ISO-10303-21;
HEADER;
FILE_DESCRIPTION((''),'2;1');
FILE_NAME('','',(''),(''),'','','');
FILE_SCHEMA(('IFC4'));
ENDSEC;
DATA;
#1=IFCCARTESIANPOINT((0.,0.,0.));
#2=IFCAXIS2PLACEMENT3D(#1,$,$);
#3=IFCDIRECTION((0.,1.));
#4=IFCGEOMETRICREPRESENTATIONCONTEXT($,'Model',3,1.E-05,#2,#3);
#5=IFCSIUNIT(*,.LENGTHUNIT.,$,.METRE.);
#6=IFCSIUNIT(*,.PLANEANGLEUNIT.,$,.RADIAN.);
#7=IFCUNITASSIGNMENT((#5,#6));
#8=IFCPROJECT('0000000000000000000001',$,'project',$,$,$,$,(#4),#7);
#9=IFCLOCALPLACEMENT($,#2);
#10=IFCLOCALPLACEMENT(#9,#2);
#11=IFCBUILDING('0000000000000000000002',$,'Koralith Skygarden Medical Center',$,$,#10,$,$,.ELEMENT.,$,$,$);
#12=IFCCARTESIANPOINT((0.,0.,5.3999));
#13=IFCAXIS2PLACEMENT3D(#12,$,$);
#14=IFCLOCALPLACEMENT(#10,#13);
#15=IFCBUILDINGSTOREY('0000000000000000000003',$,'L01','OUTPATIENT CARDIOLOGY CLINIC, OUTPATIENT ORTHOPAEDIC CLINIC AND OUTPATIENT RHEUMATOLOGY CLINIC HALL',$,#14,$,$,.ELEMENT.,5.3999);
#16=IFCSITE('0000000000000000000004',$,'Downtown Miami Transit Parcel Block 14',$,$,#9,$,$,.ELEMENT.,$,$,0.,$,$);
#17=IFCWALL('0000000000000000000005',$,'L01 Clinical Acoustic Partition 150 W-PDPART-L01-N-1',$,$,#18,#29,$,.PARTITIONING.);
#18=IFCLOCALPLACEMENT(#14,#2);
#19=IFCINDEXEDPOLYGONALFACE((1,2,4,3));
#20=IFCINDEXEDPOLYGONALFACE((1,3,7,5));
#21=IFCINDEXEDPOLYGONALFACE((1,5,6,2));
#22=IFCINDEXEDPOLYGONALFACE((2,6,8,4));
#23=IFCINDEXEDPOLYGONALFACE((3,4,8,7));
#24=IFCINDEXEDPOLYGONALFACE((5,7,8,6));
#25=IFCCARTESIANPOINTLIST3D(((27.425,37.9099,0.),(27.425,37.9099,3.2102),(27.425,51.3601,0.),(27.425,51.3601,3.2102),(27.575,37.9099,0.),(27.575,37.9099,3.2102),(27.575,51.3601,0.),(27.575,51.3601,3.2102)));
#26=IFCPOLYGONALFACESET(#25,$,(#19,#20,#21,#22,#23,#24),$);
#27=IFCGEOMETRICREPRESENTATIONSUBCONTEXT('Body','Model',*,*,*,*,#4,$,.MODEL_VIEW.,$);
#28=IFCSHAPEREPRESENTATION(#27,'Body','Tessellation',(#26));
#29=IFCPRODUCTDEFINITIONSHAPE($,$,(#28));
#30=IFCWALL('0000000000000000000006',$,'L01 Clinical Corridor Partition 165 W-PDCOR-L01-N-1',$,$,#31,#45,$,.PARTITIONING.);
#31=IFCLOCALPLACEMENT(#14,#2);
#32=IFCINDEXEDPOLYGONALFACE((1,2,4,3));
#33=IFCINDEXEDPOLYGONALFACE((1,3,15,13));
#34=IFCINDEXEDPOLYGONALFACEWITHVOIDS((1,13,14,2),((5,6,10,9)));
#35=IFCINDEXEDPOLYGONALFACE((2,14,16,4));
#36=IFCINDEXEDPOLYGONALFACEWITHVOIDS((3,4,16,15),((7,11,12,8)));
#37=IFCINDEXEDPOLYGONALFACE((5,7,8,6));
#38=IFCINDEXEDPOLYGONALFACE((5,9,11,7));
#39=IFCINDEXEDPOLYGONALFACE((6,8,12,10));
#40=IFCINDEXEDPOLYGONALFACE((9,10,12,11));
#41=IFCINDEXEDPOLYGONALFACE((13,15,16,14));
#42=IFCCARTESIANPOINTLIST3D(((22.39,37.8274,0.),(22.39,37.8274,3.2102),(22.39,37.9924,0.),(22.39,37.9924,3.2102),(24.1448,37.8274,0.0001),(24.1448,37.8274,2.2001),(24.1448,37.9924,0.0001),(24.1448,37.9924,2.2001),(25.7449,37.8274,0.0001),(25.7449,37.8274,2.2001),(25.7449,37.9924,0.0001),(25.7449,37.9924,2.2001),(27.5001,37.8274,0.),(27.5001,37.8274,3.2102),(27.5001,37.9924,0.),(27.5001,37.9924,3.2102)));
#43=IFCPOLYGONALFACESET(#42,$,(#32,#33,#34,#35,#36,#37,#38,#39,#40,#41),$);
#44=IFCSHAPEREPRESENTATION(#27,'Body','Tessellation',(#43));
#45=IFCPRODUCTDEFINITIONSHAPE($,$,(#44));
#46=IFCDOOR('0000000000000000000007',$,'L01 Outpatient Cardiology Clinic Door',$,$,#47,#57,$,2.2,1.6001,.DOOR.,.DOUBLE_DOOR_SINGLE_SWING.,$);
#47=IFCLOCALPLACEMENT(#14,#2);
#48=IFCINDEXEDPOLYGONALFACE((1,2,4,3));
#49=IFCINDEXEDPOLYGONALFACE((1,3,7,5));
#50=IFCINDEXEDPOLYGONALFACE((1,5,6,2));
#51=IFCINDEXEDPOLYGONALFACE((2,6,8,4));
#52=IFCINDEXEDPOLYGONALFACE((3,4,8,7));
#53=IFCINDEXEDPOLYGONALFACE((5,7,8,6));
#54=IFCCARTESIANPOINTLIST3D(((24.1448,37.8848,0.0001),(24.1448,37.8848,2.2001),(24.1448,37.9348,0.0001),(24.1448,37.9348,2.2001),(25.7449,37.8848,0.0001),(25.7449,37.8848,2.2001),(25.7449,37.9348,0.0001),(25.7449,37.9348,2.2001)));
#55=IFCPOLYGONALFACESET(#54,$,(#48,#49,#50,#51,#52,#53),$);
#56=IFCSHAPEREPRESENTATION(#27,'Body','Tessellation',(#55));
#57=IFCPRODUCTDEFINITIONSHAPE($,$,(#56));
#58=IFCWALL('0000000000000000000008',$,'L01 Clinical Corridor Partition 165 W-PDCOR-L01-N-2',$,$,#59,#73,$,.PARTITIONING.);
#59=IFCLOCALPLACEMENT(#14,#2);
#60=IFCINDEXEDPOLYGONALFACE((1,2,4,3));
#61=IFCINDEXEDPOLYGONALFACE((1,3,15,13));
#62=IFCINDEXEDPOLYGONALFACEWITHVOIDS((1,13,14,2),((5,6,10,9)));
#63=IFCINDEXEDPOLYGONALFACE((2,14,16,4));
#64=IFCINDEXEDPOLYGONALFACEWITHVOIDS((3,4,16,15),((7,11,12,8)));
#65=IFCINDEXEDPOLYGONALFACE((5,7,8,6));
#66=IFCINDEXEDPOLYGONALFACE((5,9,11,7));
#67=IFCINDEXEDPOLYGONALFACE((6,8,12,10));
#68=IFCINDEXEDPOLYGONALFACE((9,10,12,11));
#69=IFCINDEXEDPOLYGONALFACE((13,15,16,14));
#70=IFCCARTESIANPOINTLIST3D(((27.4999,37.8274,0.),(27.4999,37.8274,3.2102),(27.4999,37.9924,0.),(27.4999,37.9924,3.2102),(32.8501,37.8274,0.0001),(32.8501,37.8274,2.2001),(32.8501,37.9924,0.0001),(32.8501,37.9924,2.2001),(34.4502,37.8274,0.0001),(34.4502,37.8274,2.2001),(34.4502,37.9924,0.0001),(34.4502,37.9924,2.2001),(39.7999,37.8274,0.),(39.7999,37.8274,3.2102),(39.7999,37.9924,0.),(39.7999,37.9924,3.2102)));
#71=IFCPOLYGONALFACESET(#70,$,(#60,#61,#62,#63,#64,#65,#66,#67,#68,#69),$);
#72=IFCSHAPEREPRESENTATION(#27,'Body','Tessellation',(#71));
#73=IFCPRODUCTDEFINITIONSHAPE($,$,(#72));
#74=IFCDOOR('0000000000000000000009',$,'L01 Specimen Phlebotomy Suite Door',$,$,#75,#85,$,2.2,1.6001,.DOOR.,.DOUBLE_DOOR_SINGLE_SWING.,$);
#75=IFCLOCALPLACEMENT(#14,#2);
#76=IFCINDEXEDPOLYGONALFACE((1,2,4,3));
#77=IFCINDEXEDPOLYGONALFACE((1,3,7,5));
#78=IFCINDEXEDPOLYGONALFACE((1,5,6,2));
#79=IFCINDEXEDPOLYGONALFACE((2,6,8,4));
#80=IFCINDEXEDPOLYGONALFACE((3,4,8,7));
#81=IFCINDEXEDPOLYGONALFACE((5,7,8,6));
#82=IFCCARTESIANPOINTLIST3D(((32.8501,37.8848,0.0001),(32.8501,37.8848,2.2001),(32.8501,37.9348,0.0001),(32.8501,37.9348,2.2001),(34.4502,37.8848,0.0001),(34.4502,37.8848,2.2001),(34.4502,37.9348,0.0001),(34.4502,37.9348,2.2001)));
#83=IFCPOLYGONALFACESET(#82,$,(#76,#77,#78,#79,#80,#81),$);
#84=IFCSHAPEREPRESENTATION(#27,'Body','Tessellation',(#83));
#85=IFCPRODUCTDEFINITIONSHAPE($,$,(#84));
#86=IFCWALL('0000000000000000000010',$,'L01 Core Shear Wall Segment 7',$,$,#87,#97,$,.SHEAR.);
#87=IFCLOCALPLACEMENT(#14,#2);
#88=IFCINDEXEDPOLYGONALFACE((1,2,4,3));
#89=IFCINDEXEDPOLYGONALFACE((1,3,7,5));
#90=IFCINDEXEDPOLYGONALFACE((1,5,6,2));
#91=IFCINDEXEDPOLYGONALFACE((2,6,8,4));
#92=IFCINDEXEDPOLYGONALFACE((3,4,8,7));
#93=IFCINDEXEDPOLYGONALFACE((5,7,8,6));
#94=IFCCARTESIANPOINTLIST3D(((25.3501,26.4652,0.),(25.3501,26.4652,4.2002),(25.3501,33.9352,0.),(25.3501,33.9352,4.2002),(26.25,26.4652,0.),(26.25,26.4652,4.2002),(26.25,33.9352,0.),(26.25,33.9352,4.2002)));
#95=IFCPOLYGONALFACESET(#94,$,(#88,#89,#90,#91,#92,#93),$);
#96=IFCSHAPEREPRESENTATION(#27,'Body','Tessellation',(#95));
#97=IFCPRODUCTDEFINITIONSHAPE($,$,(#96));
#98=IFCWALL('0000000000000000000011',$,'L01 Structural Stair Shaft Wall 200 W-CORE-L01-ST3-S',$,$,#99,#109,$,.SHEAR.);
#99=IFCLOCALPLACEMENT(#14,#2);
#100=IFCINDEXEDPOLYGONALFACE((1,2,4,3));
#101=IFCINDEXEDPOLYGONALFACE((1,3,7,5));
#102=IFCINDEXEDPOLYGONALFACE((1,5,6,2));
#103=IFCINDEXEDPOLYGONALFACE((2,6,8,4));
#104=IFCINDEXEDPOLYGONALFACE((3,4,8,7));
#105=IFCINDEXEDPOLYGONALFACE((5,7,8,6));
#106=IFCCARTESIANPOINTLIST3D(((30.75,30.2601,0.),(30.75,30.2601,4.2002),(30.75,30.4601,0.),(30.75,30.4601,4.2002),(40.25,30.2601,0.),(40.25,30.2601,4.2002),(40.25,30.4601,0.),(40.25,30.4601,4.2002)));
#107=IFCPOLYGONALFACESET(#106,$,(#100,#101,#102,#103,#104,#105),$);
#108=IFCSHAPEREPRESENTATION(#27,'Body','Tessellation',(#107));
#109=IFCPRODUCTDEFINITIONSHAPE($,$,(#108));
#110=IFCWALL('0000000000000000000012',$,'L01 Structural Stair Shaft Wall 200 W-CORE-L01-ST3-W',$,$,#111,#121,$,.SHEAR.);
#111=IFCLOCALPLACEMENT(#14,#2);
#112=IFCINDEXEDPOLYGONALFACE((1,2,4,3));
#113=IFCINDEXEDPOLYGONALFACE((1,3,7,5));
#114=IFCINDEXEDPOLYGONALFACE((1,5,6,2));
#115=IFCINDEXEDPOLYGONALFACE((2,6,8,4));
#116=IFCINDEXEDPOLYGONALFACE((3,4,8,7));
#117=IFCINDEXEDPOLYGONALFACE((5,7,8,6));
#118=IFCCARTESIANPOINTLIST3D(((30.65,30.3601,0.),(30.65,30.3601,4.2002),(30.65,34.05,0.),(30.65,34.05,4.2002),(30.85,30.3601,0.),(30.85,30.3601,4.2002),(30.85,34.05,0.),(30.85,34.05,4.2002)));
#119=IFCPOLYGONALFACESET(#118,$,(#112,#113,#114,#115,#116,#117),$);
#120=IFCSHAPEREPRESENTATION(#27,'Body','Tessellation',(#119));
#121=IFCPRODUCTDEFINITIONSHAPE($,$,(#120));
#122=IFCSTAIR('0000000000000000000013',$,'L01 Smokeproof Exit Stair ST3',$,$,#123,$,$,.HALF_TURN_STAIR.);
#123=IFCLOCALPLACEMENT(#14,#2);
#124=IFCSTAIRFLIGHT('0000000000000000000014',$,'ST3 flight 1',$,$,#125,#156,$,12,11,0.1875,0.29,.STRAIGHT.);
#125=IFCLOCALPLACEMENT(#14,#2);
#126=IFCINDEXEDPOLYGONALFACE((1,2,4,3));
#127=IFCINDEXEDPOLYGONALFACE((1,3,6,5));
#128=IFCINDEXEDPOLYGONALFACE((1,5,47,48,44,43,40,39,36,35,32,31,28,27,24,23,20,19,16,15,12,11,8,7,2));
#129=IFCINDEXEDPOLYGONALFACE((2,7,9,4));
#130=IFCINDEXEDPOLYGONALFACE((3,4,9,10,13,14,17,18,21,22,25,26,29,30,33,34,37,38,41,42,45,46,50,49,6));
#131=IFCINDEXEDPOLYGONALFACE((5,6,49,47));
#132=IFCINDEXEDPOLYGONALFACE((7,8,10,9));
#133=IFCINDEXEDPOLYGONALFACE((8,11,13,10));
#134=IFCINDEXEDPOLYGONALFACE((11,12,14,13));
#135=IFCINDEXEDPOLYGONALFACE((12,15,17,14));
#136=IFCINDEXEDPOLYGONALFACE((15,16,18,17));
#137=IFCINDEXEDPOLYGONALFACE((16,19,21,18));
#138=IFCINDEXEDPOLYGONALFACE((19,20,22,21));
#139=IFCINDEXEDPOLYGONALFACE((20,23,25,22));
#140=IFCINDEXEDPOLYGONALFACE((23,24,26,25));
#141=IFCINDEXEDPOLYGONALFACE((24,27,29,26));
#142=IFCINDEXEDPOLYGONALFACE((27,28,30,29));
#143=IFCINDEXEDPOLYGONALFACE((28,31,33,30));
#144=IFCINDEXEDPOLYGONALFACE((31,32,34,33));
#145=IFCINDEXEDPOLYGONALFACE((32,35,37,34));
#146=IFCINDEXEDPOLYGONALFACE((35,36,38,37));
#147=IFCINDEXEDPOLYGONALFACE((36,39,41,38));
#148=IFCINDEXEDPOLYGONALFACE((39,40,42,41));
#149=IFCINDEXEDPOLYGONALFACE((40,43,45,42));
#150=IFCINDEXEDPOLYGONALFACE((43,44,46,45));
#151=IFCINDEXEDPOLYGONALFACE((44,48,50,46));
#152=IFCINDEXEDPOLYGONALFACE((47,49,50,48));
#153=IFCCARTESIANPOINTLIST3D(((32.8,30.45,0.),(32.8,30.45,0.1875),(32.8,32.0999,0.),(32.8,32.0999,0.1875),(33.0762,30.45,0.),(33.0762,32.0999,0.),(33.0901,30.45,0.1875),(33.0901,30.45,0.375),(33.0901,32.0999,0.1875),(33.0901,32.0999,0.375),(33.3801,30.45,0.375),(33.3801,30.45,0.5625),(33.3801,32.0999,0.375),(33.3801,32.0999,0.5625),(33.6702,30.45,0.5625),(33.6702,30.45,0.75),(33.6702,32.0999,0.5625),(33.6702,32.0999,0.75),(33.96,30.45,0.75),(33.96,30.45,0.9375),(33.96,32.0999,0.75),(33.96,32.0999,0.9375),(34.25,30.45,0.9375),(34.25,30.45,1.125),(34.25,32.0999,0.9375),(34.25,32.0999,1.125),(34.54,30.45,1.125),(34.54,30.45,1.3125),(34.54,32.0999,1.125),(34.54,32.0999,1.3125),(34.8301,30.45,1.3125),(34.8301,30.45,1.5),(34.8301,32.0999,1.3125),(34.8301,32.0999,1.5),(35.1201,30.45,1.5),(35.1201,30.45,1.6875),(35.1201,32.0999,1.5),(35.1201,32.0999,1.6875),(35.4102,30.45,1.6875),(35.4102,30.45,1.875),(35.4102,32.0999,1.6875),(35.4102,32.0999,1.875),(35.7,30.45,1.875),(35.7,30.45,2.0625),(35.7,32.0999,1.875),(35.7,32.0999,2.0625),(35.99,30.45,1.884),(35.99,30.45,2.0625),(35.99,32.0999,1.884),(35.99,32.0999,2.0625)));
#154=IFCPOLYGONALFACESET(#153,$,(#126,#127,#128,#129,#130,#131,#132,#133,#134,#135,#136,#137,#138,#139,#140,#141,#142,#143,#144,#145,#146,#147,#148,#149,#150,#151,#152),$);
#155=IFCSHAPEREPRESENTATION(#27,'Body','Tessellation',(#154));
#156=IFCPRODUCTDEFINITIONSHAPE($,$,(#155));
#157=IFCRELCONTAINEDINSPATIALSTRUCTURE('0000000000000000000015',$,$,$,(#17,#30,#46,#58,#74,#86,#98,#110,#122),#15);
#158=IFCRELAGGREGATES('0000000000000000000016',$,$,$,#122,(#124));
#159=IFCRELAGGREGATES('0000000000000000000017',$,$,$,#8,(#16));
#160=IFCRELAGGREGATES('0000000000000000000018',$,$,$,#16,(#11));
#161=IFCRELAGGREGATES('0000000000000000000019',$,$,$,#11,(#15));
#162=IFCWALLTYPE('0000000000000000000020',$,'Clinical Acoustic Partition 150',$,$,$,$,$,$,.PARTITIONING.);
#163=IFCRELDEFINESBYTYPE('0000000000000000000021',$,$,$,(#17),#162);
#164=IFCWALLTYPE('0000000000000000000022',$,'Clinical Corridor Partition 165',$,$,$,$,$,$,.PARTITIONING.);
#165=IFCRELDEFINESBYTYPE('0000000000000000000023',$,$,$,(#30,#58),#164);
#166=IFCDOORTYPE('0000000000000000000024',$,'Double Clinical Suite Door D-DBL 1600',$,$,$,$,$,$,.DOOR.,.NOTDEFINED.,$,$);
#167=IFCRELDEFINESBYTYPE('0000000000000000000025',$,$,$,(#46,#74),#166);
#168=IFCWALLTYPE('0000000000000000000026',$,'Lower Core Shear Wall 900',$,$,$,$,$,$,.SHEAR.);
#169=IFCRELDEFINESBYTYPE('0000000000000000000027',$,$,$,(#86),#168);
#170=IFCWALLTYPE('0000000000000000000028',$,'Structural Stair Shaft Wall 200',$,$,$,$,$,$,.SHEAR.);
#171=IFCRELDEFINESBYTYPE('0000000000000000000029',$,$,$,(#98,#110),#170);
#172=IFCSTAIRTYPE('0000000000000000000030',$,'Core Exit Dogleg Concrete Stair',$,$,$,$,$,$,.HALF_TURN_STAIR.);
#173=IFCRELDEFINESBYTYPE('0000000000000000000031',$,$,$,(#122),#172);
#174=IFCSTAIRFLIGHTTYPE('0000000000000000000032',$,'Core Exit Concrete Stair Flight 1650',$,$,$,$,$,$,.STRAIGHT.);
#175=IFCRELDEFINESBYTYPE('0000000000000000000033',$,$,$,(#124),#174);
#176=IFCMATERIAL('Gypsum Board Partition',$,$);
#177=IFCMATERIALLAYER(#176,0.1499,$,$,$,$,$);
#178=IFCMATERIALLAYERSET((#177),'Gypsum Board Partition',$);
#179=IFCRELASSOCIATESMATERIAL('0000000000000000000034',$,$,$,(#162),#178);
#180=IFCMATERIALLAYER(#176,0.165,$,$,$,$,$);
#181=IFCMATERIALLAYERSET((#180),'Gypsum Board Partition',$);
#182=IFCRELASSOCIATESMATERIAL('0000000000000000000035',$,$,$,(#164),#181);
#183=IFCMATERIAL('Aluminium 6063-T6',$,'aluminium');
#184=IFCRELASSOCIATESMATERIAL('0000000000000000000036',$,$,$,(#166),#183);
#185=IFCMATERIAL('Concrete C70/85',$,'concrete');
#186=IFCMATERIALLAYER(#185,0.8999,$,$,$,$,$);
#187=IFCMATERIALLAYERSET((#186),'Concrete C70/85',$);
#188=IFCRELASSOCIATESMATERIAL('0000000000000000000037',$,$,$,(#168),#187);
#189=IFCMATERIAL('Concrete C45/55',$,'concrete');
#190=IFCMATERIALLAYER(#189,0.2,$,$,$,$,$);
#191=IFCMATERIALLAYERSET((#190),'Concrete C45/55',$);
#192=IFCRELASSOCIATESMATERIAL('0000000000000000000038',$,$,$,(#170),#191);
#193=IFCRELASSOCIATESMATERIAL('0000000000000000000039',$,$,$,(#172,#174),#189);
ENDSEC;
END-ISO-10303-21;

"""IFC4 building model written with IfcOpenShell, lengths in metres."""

from ifc_helpers import new_model, si_unit, direction, frame, frame_2d, origin, place, context, subcontext, project, spatial, polyline, rectangle, outline, extrude, material, layer, layer_set, type_object, element, fill, aggregate, save


model = new_model("IFC4")

# Units and contexts
model_context = context("Model", 3, precision=1e-05, world=origin(), true_north=direction((0.0, 1.0)))
body_context = subcontext(model_context, "Body", "Model", "MODEL_VIEW")
ifc_project = project(units=[si_unit("LENGTHUNIT", "METRE"), si_unit("PLANEANGLEUNIT", "RADIAN")], contexts=[model_context])

# Site, building, storey
site_placement = place(None, origin())
site = spatial("IfcSite", under=ifc_project, at=site_placement, Name="Downtown Miami Transit Parcel Block 14", CompositionType="ELEMENT", RefElevation=0.0)
building_placement = place(site_placement, origin())
building = spatial("IfcBuilding", under=site, at=building_placement, Name="Koralith Skygarden Medical Center", CompositionType="ELEMENT")
storey_placement = place(building_placement, frame((0.0, 0.0, 5.3999)))
storey = spatial("IfcBuildingStorey", under=building, at=storey_placement, Name="L01", Description="OUTPATIENT CARDIOLOGY CLINIC, OUTPATIENT ORTHOPAEDIC CLINIC AND OUTPATIENT RHEUMATOLOGY CLINIC HALL", CompositionType="ELEMENT", Elevation=5.3999)

# Shared definitions
ifc_material_1 = material(Name="Concrete C70/85", Category="concrete")

# Shared definitions
ifc_material_2 = material(Name="Aluminium 6063-T6", Category="aluminium")

# Wall
ifc_material_3 = material(Name="Gypsum Board Partition")
ifc_layer_1 = layer(ifc_material_3, 0.1499)
ifc_layer_set_1 = layer_set([ifc_layer_1], Name="Gypsum Board Partition")
wall_type_1 = type_object("IfcWallType", Name="Clinical Acoustic Partition 150", PredefinedType="PARTITIONING", material=ifc_layer_set_1)
wall_1_placement = place(storey_placement, frame((27.5, 37.9099, 0.0), z_axis=(0.0, 0.0, 1.0), x_axis=(0.0, 1.0, 0.0)))
element("IfcWall", 1, at=wall_1_placement, inside=storey, type_object=wall_type_1, Name="L01 Clinical Acoustic Partition 150 W-PDPART-L01-N-1", PredefinedType="PARTITIONING", context=body_context, shape_type="SweptSolid", body=[
    extrude(rectangle(XDim=13.4502, YDim=0.1499, at=frame_2d((6.7251, 0.0))), origin(), (0.0, 0.0, 1.0), 3.2102),
])

# Walls, openings, doors
ifc_layer_2 = layer(ifc_material_3, 0.165)
ifc_layer_set_2 = layer_set([ifc_layer_2], Name="Gypsum Board Partition")
wall_type_2 = type_object("IfcWallType", Name="Clinical Corridor Partition 165", PredefinedType="PARTITIONING", material=ifc_layer_set_2)
wall_2_placement = place(storey_placement, frame((22.3899, 37.9099, 0.0), z_axis=(0.0, 0.0, 1.0), x_axis=(1.0, 0.0, 0.0)))
wall_2 = element("IfcWall", 2, at=wall_2_placement, inside=storey, type_object=wall_type_2, Name="L01 Clinical Corridor Partition 165 W-PDCOR-L01-N-1", PredefinedType="PARTITIONING", context=body_context, shape_type="SweptSolid", body=[
    extrude(rectangle(XDim=5.1101, YDim=0.165, at=frame_2d((2.5552, 0.0))), origin(), (0.0, 0.0, 1.0), 3.2102),
])
opening_1_placement = place(wall_2_placement, frame((1.7549, 0.0, 0.0)))
opening_1 = element("IfcOpeningElement", 3, at=opening_1_placement, cuts=wall_2, PredefinedType="OPENING", context=body_context, shape_type="SweptSolid", body=[
    extrude(rectangle(XDim=1.6001, YDim=2.2, at=frame_2d((0.8, 1.1001))), frame((0.0, 0.0925, 0.0), z_axis=(0.0, -1.0, 0.0), x_axis=(1.0, 0.0, 0.0)), (0.0, 0.0, 1.0), 0.1851),
])
door_type = type_object("IfcDoorType", Name="Double Clinical Suite Door D-DBL 1600", OperationType="NOTDEFINED", PredefinedType="DOOR", material=ifc_material_2)
door_1_placement = place(opening_1_placement, origin())
door_1 = element("IfcDoor", 4, at=door_1_placement, inside=storey, type_object=door_type, Name="L01 Outpatient Cardiology Clinic Door", OperationType="DOUBLE_DOOR_SINGLE_SWING", OverallHeight=2.2, OverallWidth=1.6001, PredefinedType="DOOR", context=body_context, shape_type="SweptSolid", body=[
    extrude(rectangle(XDim=1.6001, YDim=2.2, at=frame_2d((0.8, 1.1001))), frame((0.0, 0.0249, 0.0), z_axis=(0.0, -1.0, 0.0), x_axis=(1.0, 0.0, 0.0)), (0.0, 0.0, 1.0), 0.05),
])
fill(opening_1, door_1)
wall_3_placement = place(storey_placement, frame((27.5, 37.9099, 0.0), z_axis=(0.0, 0.0, 1.0), x_axis=(1.0, 0.0, 0.0)))
wall_3 = element("IfcWall", 5, at=wall_3_placement, inside=storey, type_object=wall_type_2, Name="L01 Clinical Corridor Partition 165 W-PDCOR-L01-N-2", PredefinedType="PARTITIONING", context=body_context, shape_type="SweptSolid", body=[
    extrude(rectangle(XDim=12.3, YDim=0.165, at=frame_2d((6.1499, 0.0))), origin(), (0.0, 0.0, 1.0), 3.2102),
])
opening_2_placement = place(wall_3_placement, frame((5.3501, 0.0, 0.0)))
opening_2 = element("IfcOpeningElement", 6, at=opening_2_placement, cuts=wall_3, PredefinedType="OPENING", context=body_context, shape_type="SweptSolid", body=[
    extrude(rectangle(XDim=1.6001, YDim=2.2, at=frame_2d((0.8, 1.1001))), frame((0.0, 0.0925, 0.0), z_axis=(0.0, -1.0, 0.0), x_axis=(1.0, 0.0, 0.0)), (0.0, 0.0, 1.0), 0.1851),
])
door_2_placement = place(opening_2_placement, origin())
door_2 = element("IfcDoor", 7, at=door_2_placement, inside=storey, type_object=door_type, Name="L01 Specimen Phlebotomy Suite Door", OperationType="DOUBLE_DOOR_SINGLE_SWING", OverallHeight=2.2, OverallWidth=1.6001, PredefinedType="DOOR", context=body_context, shape_type="SweptSolid", body=[
    extrude(rectangle(XDim=1.6001, YDim=2.2, at=frame_2d((0.8, 1.1001))), frame((0.0, 0.0249, 0.0), z_axis=(0.0, -1.0, 0.0), x_axis=(1.0, 0.0, 0.0)), (0.0, 0.0, 1.0), 0.05),
])
fill(opening_2, door_2)

# Walls
ifc_layer_3 = layer(ifc_material_1, 0.8999)
ifc_layer_set_3 = layer_set([ifc_layer_3], Name="Concrete C70/85")
wall_type_3 = type_object("IfcWallType", Name="Lower Core Shear Wall 900", PredefinedType="SHEAR", material=ifc_layer_set_3)
wall_4_placement = place(storey_placement, frame((25.8, 33.9351, 0.0), z_axis=(0.0, 0.0, 1.0), x_axis=(0.0, -1.0, 0.0)))
element("IfcWall", 8, at=wall_4_placement, inside=storey, type_object=wall_type_3, Name="L01 Core Shear Wall Segment 7", PredefinedType="SHEAR", context=body_context, shape_type="SweptSolid", body=[
    extrude(rectangle(XDim=7.47, YDim=0.8999, at=frame_2d((3.7349, 0.0))), origin(), (0.0, 0.0, 1.0), 4.2002),
])
ifc_material_4 = material(Name="Concrete C45/55", Category="concrete")
ifc_layer_4 = layer(ifc_material_4, 0.2)
ifc_layer_set_4 = layer_set([ifc_layer_4], Name="Concrete C45/55")
wall_type_4 = type_object("IfcWallType", Name="Structural Stair Shaft Wall 200", PredefinedType="SHEAR", material=ifc_layer_set_4)
wall_5_placement = place(storey_placement, frame((30.75, 30.3601, 0.0), z_axis=(0.0, 0.0, 1.0), x_axis=(1.0, 0.0, 0.0)))
element("IfcWall", 9, at=wall_5_placement, inside=storey, type_object=wall_type_4, Name="L01 Structural Stair Shaft Wall 200 W-CORE-L01-ST3-S", PredefinedType="SHEAR", context=body_context, shape_type="SweptSolid", body=[
    extrude(rectangle(XDim=9.5, YDim=0.2, at=frame_2d((4.75, 0.0))), origin(), (0.0, 0.0, 1.0), 4.2002),
])
wall_6_placement = place(storey_placement, frame((30.75, 30.3601, 0.0), z_axis=(0.0, 0.0, 1.0), x_axis=(0.0, 1.0, 0.0)))
element("IfcWall", 10, at=wall_6_placement, inside=storey, type_object=wall_type_4, Name="L01 Structural Stair Shaft Wall 200 W-CORE-L01-ST3-W", PredefinedType="SHEAR", context=body_context, shape_type="SweptSolid", body=[
    extrude(rectangle(XDim=3.6899, YDim=0.2, at=frame_2d((1.845, 0.0))), origin(), (0.0, 0.0, 1.0), 4.2002),
])

# Stair, stair flight
stair_type = type_object("IfcStairType", Name="Core Exit Dogleg Concrete Stair", PredefinedType="HALF_TURN_STAIR", material=ifc_material_4)
stair_placement = place(storey_placement, origin())
stair = element("IfcStair", 11, at=stair_placement, inside=storey, type_object=stair_type, Name="L01 Smokeproof Exit Stair ST3", PredefinedType="HALF_TURN_STAIR")
stair_flight_type = type_object("IfcStairFlightType", Name="Core Exit Concrete Stair Flight 1650", PredefinedType="STRAIGHT", material=ifc_material_4)
stair_flight_1_placement = place(storey_placement, frame((32.8, 31.2749, 0.0), z_axis=(0.0, 0.0, 1.0), x_axis=(1.0, 0.0, 0.0)))
stair_flight_1 = element("IfcStairFlight", 12, at=stair_flight_1_placement, type_object=stair_flight_type, Name="ST3 flight 1", NumberOfRisers=12, NumberOfTreads=11, PredefinedType="STRAIGHT", RiserHeight=0.1875, TreadLength=0.29, context=body_context, shape_type="SweptSolid", body=[
    extrude(outline(polyline([(0.0, 0.0), (0.0, 0.1875), (0.29, 0.1875), (0.29, 0.375), (0.5801, 0.375), (0.5801, 0.5625), (0.8701, 0.5625), (0.8701, 0.75), (1.1599, 0.75), (1.1599, 0.9375), (1.45, 0.9375), (1.45, 1.125), (1.74, 1.125), (1.74, 1.3125), (2.03, 1.3125), (2.03, 1.5), (2.3201, 1.5), (2.3201, 1.6875), (2.6101, 1.6875), (2.6101, 1.875), (2.8999, 1.875), (2.8999, 2.0625), (3.1899, 2.0625), (3.1899, 2.25), (3.1899, 1.884), (0.2761, 0.0), (0.0, 0.0)])), frame((0.0, 0.825, 0.0), z_axis=(0.0, -1.0, 0.0), x_axis=(1.0, 0.0, 0.0)), (0.0, 0.0, 1.0), 1.6499),
])
aggregate(stair, [stair_flight_1])

save(model, "model.ifc")
